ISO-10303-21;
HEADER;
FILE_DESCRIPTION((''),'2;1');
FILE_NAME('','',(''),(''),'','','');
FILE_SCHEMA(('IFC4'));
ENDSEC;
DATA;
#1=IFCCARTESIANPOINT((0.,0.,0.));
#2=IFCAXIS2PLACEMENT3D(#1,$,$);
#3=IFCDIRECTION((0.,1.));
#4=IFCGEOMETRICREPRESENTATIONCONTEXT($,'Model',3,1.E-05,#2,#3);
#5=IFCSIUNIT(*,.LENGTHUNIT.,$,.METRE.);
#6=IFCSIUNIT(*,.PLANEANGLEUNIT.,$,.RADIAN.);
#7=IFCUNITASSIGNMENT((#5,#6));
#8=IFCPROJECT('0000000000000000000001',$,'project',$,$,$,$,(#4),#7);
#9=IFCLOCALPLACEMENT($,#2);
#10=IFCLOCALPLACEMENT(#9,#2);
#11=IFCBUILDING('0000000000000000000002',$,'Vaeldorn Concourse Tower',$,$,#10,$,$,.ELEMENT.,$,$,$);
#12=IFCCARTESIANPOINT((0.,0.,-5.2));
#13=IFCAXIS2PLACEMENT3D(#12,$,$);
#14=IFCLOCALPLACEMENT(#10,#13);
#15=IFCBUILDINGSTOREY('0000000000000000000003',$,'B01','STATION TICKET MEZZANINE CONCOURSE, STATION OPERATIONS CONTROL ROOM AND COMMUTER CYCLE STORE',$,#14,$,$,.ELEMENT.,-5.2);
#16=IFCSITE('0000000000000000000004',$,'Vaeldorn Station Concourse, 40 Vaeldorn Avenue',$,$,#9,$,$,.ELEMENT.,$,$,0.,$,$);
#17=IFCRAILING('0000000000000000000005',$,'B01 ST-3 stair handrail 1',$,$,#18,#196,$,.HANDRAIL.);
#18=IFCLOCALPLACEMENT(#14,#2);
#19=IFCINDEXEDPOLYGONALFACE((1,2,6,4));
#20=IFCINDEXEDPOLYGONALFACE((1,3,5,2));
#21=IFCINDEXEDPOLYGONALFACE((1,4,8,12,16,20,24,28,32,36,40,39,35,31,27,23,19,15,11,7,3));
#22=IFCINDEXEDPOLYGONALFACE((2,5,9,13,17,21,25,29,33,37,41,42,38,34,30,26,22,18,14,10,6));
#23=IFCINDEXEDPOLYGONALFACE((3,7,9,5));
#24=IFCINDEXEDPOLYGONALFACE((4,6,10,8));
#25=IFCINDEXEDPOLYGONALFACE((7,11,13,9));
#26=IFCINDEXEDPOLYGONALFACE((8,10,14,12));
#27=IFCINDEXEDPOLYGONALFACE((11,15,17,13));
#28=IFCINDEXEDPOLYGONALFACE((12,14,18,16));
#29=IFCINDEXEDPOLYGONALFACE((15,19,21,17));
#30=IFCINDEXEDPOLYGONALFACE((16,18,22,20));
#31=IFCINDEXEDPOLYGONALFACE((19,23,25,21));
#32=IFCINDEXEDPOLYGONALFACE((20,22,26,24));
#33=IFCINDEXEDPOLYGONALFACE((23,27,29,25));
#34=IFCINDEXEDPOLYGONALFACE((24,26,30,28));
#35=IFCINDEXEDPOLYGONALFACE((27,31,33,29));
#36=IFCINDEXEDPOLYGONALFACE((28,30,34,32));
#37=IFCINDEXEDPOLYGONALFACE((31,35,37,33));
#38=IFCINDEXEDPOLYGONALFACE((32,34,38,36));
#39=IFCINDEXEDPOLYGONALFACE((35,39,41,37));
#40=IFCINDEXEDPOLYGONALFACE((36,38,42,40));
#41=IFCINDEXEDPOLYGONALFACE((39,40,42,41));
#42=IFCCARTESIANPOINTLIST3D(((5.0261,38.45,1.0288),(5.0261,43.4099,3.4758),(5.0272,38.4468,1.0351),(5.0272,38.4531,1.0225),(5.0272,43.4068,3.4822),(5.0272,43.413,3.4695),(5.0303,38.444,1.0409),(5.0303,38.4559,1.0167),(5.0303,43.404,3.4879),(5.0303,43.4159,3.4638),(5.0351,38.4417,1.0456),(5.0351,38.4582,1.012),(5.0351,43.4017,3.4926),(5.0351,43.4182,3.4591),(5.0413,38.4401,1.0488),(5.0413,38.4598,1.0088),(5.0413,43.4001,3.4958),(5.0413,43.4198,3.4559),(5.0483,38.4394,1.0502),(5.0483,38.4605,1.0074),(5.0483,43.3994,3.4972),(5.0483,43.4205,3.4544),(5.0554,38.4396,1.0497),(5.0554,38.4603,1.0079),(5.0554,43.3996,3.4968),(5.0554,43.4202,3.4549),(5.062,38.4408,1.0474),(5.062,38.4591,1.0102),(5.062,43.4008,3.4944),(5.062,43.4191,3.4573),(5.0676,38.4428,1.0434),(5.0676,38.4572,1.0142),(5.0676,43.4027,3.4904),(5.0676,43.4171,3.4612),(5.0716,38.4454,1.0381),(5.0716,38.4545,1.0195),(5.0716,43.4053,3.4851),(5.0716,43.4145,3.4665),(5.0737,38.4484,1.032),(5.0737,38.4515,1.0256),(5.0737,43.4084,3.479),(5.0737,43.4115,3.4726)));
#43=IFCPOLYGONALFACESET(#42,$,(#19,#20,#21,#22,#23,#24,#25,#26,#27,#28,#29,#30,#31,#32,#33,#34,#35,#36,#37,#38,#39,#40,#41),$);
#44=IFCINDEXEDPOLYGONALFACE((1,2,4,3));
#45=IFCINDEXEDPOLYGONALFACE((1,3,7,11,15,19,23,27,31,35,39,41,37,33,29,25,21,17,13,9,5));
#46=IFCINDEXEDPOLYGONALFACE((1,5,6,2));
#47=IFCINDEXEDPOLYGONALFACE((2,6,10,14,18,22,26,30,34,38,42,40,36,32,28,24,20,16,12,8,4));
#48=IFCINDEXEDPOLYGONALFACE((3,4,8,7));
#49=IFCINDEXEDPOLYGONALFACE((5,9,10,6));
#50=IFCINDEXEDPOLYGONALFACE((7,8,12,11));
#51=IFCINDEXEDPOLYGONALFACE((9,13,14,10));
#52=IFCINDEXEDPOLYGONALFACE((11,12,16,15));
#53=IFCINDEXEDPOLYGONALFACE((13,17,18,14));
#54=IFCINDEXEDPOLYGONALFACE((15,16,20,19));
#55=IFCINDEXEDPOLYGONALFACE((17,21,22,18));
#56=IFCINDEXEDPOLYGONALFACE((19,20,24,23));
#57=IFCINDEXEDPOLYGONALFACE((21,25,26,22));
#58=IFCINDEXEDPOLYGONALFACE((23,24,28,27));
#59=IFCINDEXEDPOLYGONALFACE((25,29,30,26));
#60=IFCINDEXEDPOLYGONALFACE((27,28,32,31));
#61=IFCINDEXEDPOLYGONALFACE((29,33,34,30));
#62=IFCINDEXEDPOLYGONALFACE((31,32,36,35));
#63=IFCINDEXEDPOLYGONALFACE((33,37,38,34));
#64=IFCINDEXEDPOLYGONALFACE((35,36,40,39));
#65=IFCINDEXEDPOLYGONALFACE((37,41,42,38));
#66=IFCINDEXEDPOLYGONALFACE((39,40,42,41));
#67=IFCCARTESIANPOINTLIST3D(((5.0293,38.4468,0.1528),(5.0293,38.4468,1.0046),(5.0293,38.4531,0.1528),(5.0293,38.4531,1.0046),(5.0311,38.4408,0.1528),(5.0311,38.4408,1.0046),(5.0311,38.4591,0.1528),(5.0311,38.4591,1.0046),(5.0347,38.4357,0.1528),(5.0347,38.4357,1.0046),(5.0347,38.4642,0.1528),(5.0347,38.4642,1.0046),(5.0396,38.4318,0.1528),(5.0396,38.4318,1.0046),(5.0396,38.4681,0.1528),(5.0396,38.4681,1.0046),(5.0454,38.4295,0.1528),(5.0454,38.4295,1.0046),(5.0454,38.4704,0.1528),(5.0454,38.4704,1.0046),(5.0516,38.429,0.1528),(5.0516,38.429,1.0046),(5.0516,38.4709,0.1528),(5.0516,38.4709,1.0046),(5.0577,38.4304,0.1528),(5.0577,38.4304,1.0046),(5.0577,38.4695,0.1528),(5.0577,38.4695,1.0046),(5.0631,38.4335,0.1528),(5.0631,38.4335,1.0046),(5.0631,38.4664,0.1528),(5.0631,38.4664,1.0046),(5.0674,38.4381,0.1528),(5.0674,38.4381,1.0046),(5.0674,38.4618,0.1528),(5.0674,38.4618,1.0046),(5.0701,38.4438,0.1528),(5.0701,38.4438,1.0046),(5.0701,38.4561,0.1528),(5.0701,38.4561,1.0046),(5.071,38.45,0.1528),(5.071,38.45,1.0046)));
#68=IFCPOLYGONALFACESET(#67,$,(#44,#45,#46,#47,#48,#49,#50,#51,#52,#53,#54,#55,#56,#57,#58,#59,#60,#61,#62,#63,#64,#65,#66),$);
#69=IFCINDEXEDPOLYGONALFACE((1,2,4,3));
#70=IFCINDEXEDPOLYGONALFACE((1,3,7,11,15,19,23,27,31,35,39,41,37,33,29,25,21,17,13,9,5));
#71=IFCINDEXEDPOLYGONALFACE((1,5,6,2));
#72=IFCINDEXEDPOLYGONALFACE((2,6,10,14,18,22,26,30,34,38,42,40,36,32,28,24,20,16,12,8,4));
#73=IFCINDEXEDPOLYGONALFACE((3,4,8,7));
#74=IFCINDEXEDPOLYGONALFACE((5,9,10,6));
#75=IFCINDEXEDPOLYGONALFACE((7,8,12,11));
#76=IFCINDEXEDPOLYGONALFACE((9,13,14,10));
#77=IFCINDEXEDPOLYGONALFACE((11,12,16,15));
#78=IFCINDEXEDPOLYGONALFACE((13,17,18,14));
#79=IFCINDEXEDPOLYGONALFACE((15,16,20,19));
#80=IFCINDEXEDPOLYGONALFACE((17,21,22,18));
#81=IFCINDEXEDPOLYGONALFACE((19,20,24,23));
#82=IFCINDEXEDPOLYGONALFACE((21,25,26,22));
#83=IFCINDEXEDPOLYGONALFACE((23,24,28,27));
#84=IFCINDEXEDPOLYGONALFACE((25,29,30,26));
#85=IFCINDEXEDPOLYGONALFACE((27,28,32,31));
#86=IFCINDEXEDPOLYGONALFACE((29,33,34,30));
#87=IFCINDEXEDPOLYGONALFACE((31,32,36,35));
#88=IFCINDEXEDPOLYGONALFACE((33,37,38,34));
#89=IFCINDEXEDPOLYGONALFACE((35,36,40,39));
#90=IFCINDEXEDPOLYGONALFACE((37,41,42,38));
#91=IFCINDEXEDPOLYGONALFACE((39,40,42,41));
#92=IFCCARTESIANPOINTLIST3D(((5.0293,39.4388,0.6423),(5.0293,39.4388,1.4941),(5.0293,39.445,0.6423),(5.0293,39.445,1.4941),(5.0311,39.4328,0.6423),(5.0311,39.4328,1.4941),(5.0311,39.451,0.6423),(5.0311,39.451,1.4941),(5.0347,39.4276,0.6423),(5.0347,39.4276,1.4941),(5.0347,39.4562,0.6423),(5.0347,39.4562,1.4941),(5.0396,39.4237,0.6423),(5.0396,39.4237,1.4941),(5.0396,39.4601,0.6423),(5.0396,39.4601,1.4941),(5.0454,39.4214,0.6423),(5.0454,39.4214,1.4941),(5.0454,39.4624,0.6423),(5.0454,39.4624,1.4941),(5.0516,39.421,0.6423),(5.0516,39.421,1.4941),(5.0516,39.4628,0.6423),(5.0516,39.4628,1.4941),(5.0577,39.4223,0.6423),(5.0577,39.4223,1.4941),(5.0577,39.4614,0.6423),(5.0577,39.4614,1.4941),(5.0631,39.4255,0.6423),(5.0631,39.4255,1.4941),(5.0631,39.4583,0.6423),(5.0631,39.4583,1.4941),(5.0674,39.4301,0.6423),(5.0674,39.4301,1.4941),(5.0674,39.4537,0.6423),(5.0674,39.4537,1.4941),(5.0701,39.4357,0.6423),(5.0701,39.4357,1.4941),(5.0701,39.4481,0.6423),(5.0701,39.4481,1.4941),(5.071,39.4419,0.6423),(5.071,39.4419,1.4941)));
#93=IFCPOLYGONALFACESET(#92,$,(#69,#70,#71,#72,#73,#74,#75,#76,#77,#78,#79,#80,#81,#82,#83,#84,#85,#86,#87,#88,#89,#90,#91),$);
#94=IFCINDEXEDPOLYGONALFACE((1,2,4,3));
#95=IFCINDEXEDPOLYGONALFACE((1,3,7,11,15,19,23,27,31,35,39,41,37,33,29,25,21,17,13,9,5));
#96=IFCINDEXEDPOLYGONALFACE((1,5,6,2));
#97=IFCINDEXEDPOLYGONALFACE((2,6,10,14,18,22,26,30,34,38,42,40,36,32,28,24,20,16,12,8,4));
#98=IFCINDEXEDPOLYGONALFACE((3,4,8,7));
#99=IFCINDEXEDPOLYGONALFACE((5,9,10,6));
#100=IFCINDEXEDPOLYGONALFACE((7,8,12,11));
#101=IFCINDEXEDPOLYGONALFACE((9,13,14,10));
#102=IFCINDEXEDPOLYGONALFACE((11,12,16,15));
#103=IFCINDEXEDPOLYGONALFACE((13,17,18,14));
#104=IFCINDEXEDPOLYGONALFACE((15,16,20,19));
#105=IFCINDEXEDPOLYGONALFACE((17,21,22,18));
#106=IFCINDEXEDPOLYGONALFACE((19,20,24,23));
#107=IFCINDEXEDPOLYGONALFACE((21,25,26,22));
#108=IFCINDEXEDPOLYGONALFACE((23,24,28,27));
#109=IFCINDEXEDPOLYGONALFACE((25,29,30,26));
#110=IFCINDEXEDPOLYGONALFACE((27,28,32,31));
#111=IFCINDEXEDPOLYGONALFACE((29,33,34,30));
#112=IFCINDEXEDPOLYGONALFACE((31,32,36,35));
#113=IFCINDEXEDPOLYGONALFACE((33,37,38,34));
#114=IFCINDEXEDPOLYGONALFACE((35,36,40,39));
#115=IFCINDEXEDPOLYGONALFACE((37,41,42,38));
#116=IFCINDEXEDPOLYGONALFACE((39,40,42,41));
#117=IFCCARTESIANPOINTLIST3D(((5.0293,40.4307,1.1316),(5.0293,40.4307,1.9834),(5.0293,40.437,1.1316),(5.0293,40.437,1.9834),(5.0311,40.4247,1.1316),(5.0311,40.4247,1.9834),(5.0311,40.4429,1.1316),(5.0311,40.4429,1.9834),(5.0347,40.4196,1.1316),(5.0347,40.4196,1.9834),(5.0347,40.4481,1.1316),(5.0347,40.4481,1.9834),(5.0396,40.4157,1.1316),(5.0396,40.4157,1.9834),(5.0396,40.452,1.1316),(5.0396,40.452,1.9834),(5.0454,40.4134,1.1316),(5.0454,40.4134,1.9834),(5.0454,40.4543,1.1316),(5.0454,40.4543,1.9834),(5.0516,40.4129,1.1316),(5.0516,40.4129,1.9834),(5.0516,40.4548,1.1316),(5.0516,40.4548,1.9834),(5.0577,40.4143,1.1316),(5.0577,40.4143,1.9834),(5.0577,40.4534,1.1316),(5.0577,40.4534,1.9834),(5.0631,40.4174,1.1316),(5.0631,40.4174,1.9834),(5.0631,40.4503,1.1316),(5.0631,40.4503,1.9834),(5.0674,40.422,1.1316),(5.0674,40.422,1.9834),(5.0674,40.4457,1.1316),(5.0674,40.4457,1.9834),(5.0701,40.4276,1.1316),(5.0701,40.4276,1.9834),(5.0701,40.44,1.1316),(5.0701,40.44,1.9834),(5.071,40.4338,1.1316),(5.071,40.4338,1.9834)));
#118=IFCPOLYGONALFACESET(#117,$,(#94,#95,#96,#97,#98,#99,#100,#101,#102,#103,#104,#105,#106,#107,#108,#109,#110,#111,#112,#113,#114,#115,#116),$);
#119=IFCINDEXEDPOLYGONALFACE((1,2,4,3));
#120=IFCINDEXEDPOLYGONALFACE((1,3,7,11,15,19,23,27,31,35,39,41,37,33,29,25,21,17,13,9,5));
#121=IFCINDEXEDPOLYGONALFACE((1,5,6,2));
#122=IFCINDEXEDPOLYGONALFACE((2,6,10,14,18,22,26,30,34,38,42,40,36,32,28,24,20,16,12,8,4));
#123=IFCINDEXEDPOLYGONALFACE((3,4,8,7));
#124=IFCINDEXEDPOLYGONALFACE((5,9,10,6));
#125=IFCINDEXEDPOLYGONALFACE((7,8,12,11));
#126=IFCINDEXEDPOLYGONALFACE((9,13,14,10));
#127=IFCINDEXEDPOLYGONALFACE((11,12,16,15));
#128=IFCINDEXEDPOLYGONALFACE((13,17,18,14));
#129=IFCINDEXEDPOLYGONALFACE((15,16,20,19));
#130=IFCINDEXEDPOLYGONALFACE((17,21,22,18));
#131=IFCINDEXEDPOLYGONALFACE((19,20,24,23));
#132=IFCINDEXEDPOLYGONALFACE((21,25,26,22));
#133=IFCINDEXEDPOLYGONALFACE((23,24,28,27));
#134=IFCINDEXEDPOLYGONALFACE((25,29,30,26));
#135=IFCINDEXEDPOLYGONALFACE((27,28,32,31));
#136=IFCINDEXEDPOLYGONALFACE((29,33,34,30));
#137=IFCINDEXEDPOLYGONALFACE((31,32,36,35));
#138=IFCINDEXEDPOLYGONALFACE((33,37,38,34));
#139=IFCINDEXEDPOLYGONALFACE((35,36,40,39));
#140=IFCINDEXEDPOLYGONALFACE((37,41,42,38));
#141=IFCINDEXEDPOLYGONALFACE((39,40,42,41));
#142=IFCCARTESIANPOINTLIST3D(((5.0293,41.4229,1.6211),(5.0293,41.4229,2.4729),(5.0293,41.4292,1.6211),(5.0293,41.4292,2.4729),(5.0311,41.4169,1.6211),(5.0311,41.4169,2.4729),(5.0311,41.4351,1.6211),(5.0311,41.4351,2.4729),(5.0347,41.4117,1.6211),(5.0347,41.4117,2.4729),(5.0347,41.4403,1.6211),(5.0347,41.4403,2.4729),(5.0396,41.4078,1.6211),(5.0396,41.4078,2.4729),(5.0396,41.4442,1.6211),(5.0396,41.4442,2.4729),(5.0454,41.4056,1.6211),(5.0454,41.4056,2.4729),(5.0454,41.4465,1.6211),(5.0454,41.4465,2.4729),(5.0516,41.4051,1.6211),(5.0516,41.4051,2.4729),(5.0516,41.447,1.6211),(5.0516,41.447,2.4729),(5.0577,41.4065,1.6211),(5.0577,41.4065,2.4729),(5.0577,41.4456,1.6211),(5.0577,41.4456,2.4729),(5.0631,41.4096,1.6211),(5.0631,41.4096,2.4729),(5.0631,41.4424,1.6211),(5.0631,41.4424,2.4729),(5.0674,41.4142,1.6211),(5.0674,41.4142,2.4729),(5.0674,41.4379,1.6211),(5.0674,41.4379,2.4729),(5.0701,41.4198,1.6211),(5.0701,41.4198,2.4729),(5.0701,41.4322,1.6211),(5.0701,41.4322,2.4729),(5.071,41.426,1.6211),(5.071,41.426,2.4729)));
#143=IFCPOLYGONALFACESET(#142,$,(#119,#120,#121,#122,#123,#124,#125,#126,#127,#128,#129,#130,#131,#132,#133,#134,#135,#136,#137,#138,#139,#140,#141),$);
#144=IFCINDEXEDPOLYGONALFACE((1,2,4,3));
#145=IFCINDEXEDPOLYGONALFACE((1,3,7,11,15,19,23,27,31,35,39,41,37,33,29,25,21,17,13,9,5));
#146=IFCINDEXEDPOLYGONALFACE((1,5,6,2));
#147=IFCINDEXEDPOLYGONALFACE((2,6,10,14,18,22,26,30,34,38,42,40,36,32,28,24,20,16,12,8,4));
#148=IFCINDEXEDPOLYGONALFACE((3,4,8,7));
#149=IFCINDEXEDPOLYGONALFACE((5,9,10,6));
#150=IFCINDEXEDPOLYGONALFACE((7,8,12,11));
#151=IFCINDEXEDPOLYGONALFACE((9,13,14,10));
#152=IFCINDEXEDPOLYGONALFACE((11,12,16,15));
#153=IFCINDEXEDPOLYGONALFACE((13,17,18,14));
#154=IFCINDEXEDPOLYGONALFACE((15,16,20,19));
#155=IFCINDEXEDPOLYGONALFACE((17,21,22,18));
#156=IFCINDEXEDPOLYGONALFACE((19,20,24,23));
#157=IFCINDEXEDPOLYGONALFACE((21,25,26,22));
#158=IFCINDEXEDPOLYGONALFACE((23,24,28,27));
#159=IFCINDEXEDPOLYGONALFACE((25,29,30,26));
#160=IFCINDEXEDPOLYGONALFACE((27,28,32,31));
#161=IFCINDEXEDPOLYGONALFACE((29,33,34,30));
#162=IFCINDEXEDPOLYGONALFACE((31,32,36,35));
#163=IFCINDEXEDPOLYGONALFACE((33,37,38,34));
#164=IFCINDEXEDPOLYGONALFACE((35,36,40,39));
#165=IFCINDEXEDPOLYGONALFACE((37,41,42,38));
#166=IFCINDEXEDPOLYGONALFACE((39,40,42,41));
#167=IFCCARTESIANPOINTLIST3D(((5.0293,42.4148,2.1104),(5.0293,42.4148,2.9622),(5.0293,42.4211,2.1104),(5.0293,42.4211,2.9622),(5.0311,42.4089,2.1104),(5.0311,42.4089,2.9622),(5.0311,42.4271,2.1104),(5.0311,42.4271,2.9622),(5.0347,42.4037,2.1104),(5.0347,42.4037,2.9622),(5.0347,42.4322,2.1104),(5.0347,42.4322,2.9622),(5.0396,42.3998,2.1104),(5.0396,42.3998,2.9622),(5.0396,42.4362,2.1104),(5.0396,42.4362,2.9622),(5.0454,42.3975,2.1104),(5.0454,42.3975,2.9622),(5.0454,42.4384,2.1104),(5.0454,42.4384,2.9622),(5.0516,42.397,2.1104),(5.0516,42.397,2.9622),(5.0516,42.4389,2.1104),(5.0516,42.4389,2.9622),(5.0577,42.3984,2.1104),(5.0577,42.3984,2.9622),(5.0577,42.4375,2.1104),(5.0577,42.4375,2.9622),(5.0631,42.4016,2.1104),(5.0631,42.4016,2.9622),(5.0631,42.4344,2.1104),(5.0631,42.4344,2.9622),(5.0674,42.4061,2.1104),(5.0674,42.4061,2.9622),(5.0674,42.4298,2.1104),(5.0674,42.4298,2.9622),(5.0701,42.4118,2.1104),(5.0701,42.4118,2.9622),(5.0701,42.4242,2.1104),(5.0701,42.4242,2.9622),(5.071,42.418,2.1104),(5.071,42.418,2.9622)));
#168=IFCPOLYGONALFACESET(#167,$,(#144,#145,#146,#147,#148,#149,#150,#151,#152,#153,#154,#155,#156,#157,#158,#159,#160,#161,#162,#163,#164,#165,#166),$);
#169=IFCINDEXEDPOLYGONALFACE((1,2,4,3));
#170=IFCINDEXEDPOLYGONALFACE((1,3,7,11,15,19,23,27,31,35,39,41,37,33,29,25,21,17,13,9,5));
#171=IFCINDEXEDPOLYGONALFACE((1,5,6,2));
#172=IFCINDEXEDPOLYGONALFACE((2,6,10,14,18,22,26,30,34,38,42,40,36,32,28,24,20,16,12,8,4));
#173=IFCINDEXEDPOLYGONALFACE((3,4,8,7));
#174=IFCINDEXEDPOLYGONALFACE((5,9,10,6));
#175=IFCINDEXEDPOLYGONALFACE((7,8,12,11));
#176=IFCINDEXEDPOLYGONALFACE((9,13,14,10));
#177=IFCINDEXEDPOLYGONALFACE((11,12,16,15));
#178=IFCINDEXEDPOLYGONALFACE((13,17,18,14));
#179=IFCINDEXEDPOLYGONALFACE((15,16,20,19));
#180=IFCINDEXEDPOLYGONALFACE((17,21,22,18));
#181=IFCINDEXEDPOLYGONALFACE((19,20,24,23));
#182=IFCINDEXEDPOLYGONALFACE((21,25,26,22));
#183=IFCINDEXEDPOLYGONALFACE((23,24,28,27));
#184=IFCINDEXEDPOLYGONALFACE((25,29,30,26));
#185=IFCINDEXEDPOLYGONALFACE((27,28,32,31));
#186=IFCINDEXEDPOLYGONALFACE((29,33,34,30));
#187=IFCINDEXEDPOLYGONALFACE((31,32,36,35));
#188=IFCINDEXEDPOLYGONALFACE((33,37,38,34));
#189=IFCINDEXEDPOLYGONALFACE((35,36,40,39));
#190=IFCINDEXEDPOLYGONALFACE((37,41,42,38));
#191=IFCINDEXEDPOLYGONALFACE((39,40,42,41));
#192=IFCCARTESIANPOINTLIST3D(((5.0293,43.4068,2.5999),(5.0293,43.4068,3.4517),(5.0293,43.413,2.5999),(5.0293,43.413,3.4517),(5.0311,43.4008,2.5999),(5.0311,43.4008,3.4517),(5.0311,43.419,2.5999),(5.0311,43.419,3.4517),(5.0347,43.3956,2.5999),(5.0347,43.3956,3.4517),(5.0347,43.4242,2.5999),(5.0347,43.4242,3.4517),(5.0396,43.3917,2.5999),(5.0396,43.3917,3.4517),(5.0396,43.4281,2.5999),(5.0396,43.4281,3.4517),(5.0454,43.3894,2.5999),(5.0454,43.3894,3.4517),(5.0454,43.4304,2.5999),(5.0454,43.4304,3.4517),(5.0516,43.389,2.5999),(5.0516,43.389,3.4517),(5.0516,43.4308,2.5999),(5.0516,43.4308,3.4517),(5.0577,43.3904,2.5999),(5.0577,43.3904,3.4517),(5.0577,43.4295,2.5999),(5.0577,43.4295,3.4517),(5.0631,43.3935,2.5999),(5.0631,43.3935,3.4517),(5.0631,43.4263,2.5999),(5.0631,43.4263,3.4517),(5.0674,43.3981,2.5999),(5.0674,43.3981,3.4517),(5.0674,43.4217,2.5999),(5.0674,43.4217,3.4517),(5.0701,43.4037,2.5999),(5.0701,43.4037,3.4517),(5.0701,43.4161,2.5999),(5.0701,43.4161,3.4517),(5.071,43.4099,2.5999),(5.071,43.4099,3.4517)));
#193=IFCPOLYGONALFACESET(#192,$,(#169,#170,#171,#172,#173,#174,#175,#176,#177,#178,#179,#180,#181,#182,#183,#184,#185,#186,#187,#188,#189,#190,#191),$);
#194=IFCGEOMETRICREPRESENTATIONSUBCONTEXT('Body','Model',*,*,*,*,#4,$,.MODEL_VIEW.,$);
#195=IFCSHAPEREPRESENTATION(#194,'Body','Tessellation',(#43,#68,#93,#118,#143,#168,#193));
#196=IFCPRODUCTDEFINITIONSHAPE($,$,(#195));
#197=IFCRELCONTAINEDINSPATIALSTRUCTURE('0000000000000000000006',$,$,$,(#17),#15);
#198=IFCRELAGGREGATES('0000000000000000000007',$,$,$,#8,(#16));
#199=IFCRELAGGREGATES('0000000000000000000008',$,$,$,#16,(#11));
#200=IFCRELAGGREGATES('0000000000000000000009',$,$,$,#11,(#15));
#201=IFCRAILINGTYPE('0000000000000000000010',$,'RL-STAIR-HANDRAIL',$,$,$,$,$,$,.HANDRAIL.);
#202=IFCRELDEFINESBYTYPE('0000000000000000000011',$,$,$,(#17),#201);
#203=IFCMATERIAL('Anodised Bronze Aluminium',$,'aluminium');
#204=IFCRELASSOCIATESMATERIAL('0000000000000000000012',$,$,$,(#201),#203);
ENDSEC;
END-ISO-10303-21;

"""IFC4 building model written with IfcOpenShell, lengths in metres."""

from ifc_helpers import new_model, si_unit, direction, frame, origin, origin_2d, place, context, subcontext, project, spatial, circle, extrude, material, type_object, element, save


model = new_model("IFC4")

# Units and contexts
model_context = context("Model", 3, precision=1e-05, world=origin(), true_north=direction((0.0, 1.0)))
body_context = subcontext(model_context, "Body", "Model", "MODEL_VIEW")
ifc_project = project(units=[si_unit("LENGTHUNIT", "METRE"), si_unit("PLANEANGLEUNIT", "RADIAN")], contexts=[model_context])

# Site, building, storey
site_placement = place(None, origin())
site = spatial("IfcSite", under=ifc_project, at=site_placement, Name="Vaeldorn Station Concourse, 40 Vaeldorn Avenue", CompositionType="ELEMENT", RefElevation=0.0)
building_placement = place(site_placement, origin())
building = spatial("IfcBuilding", under=site, at=building_placement, Name="Vaeldorn Concourse Tower", CompositionType="ELEMENT")
storey_placement = place(building_placement, frame((0.0, 0.0, -5.2)))
storey = spatial("IfcBuildingStorey", under=building, at=storey_placement, Name="B01", Description="STATION TICKET MEZZANINE CONCOURSE, STATION OPERATIONS CONTROL ROOM AND COMMUTER CYCLE STORE", CompositionType="ELEMENT", Elevation=-5.2)

# Railing
ifc_material_1 = material(Name="Anodised Bronze Aluminium", Category="aluminium")
railing_type_1 = type_object("IfcRailingType", Name="RL-STAIR-HANDRAIL", PredefinedType="HANDRAIL", material=ifc_material_1)
railing_1_placement = place(storey_placement, frame((5.05, 38.45, 0.1528)))
element("IfcRailing", 1, at=railing_1_placement, inside=storey, type_object=railing_type_1, Name="B01 ST-3 stair handrail 1", PredefinedType="HANDRAIL", context=body_context, shape_type="SweptSolid", body=[
    extrude(circle(Radius=0.0239, at=origin_2d()), frame((0.0, 0.0, 0.876), z_axis=(0.0, 0.896798, 0.44244), x_axis=(-1.0, 0.0, 0.0)), (0.0, 0.0, 1.0), 5.5308),
    extrude(circle(Radius=0.021, at=origin_2d()), origin(), (0.0, 0.0, 1.0), 0.8518),
    extrude(circle(Radius=0.021, at=origin_2d()), frame((0.0, 0.9919, 0.4895)), (0.0, 0.0, 1.0), 0.8518),
    extrude(circle(Radius=0.021, at=origin_2d()), frame((0.0, 1.9839, 0.9788)), (0.0, 0.0, 1.0), 0.8518),
    extrude(circle(Radius=0.021, at=origin_2d()), frame((0.0, 2.9761, 1.4683)), (0.0, 0.0, 1.0), 0.8518),
    extrude(circle(Radius=0.021, at=origin_2d()), frame((0.0, 3.968, 1.9575)), (0.0, 0.0, 1.0), 0.8518),
    extrude(circle(Radius=0.021, at=origin_2d()), frame((0.0, 4.96, 2.447)), (0.0, 0.0, 1.0), 0.8518),
])

save(model, "model.ifc")
